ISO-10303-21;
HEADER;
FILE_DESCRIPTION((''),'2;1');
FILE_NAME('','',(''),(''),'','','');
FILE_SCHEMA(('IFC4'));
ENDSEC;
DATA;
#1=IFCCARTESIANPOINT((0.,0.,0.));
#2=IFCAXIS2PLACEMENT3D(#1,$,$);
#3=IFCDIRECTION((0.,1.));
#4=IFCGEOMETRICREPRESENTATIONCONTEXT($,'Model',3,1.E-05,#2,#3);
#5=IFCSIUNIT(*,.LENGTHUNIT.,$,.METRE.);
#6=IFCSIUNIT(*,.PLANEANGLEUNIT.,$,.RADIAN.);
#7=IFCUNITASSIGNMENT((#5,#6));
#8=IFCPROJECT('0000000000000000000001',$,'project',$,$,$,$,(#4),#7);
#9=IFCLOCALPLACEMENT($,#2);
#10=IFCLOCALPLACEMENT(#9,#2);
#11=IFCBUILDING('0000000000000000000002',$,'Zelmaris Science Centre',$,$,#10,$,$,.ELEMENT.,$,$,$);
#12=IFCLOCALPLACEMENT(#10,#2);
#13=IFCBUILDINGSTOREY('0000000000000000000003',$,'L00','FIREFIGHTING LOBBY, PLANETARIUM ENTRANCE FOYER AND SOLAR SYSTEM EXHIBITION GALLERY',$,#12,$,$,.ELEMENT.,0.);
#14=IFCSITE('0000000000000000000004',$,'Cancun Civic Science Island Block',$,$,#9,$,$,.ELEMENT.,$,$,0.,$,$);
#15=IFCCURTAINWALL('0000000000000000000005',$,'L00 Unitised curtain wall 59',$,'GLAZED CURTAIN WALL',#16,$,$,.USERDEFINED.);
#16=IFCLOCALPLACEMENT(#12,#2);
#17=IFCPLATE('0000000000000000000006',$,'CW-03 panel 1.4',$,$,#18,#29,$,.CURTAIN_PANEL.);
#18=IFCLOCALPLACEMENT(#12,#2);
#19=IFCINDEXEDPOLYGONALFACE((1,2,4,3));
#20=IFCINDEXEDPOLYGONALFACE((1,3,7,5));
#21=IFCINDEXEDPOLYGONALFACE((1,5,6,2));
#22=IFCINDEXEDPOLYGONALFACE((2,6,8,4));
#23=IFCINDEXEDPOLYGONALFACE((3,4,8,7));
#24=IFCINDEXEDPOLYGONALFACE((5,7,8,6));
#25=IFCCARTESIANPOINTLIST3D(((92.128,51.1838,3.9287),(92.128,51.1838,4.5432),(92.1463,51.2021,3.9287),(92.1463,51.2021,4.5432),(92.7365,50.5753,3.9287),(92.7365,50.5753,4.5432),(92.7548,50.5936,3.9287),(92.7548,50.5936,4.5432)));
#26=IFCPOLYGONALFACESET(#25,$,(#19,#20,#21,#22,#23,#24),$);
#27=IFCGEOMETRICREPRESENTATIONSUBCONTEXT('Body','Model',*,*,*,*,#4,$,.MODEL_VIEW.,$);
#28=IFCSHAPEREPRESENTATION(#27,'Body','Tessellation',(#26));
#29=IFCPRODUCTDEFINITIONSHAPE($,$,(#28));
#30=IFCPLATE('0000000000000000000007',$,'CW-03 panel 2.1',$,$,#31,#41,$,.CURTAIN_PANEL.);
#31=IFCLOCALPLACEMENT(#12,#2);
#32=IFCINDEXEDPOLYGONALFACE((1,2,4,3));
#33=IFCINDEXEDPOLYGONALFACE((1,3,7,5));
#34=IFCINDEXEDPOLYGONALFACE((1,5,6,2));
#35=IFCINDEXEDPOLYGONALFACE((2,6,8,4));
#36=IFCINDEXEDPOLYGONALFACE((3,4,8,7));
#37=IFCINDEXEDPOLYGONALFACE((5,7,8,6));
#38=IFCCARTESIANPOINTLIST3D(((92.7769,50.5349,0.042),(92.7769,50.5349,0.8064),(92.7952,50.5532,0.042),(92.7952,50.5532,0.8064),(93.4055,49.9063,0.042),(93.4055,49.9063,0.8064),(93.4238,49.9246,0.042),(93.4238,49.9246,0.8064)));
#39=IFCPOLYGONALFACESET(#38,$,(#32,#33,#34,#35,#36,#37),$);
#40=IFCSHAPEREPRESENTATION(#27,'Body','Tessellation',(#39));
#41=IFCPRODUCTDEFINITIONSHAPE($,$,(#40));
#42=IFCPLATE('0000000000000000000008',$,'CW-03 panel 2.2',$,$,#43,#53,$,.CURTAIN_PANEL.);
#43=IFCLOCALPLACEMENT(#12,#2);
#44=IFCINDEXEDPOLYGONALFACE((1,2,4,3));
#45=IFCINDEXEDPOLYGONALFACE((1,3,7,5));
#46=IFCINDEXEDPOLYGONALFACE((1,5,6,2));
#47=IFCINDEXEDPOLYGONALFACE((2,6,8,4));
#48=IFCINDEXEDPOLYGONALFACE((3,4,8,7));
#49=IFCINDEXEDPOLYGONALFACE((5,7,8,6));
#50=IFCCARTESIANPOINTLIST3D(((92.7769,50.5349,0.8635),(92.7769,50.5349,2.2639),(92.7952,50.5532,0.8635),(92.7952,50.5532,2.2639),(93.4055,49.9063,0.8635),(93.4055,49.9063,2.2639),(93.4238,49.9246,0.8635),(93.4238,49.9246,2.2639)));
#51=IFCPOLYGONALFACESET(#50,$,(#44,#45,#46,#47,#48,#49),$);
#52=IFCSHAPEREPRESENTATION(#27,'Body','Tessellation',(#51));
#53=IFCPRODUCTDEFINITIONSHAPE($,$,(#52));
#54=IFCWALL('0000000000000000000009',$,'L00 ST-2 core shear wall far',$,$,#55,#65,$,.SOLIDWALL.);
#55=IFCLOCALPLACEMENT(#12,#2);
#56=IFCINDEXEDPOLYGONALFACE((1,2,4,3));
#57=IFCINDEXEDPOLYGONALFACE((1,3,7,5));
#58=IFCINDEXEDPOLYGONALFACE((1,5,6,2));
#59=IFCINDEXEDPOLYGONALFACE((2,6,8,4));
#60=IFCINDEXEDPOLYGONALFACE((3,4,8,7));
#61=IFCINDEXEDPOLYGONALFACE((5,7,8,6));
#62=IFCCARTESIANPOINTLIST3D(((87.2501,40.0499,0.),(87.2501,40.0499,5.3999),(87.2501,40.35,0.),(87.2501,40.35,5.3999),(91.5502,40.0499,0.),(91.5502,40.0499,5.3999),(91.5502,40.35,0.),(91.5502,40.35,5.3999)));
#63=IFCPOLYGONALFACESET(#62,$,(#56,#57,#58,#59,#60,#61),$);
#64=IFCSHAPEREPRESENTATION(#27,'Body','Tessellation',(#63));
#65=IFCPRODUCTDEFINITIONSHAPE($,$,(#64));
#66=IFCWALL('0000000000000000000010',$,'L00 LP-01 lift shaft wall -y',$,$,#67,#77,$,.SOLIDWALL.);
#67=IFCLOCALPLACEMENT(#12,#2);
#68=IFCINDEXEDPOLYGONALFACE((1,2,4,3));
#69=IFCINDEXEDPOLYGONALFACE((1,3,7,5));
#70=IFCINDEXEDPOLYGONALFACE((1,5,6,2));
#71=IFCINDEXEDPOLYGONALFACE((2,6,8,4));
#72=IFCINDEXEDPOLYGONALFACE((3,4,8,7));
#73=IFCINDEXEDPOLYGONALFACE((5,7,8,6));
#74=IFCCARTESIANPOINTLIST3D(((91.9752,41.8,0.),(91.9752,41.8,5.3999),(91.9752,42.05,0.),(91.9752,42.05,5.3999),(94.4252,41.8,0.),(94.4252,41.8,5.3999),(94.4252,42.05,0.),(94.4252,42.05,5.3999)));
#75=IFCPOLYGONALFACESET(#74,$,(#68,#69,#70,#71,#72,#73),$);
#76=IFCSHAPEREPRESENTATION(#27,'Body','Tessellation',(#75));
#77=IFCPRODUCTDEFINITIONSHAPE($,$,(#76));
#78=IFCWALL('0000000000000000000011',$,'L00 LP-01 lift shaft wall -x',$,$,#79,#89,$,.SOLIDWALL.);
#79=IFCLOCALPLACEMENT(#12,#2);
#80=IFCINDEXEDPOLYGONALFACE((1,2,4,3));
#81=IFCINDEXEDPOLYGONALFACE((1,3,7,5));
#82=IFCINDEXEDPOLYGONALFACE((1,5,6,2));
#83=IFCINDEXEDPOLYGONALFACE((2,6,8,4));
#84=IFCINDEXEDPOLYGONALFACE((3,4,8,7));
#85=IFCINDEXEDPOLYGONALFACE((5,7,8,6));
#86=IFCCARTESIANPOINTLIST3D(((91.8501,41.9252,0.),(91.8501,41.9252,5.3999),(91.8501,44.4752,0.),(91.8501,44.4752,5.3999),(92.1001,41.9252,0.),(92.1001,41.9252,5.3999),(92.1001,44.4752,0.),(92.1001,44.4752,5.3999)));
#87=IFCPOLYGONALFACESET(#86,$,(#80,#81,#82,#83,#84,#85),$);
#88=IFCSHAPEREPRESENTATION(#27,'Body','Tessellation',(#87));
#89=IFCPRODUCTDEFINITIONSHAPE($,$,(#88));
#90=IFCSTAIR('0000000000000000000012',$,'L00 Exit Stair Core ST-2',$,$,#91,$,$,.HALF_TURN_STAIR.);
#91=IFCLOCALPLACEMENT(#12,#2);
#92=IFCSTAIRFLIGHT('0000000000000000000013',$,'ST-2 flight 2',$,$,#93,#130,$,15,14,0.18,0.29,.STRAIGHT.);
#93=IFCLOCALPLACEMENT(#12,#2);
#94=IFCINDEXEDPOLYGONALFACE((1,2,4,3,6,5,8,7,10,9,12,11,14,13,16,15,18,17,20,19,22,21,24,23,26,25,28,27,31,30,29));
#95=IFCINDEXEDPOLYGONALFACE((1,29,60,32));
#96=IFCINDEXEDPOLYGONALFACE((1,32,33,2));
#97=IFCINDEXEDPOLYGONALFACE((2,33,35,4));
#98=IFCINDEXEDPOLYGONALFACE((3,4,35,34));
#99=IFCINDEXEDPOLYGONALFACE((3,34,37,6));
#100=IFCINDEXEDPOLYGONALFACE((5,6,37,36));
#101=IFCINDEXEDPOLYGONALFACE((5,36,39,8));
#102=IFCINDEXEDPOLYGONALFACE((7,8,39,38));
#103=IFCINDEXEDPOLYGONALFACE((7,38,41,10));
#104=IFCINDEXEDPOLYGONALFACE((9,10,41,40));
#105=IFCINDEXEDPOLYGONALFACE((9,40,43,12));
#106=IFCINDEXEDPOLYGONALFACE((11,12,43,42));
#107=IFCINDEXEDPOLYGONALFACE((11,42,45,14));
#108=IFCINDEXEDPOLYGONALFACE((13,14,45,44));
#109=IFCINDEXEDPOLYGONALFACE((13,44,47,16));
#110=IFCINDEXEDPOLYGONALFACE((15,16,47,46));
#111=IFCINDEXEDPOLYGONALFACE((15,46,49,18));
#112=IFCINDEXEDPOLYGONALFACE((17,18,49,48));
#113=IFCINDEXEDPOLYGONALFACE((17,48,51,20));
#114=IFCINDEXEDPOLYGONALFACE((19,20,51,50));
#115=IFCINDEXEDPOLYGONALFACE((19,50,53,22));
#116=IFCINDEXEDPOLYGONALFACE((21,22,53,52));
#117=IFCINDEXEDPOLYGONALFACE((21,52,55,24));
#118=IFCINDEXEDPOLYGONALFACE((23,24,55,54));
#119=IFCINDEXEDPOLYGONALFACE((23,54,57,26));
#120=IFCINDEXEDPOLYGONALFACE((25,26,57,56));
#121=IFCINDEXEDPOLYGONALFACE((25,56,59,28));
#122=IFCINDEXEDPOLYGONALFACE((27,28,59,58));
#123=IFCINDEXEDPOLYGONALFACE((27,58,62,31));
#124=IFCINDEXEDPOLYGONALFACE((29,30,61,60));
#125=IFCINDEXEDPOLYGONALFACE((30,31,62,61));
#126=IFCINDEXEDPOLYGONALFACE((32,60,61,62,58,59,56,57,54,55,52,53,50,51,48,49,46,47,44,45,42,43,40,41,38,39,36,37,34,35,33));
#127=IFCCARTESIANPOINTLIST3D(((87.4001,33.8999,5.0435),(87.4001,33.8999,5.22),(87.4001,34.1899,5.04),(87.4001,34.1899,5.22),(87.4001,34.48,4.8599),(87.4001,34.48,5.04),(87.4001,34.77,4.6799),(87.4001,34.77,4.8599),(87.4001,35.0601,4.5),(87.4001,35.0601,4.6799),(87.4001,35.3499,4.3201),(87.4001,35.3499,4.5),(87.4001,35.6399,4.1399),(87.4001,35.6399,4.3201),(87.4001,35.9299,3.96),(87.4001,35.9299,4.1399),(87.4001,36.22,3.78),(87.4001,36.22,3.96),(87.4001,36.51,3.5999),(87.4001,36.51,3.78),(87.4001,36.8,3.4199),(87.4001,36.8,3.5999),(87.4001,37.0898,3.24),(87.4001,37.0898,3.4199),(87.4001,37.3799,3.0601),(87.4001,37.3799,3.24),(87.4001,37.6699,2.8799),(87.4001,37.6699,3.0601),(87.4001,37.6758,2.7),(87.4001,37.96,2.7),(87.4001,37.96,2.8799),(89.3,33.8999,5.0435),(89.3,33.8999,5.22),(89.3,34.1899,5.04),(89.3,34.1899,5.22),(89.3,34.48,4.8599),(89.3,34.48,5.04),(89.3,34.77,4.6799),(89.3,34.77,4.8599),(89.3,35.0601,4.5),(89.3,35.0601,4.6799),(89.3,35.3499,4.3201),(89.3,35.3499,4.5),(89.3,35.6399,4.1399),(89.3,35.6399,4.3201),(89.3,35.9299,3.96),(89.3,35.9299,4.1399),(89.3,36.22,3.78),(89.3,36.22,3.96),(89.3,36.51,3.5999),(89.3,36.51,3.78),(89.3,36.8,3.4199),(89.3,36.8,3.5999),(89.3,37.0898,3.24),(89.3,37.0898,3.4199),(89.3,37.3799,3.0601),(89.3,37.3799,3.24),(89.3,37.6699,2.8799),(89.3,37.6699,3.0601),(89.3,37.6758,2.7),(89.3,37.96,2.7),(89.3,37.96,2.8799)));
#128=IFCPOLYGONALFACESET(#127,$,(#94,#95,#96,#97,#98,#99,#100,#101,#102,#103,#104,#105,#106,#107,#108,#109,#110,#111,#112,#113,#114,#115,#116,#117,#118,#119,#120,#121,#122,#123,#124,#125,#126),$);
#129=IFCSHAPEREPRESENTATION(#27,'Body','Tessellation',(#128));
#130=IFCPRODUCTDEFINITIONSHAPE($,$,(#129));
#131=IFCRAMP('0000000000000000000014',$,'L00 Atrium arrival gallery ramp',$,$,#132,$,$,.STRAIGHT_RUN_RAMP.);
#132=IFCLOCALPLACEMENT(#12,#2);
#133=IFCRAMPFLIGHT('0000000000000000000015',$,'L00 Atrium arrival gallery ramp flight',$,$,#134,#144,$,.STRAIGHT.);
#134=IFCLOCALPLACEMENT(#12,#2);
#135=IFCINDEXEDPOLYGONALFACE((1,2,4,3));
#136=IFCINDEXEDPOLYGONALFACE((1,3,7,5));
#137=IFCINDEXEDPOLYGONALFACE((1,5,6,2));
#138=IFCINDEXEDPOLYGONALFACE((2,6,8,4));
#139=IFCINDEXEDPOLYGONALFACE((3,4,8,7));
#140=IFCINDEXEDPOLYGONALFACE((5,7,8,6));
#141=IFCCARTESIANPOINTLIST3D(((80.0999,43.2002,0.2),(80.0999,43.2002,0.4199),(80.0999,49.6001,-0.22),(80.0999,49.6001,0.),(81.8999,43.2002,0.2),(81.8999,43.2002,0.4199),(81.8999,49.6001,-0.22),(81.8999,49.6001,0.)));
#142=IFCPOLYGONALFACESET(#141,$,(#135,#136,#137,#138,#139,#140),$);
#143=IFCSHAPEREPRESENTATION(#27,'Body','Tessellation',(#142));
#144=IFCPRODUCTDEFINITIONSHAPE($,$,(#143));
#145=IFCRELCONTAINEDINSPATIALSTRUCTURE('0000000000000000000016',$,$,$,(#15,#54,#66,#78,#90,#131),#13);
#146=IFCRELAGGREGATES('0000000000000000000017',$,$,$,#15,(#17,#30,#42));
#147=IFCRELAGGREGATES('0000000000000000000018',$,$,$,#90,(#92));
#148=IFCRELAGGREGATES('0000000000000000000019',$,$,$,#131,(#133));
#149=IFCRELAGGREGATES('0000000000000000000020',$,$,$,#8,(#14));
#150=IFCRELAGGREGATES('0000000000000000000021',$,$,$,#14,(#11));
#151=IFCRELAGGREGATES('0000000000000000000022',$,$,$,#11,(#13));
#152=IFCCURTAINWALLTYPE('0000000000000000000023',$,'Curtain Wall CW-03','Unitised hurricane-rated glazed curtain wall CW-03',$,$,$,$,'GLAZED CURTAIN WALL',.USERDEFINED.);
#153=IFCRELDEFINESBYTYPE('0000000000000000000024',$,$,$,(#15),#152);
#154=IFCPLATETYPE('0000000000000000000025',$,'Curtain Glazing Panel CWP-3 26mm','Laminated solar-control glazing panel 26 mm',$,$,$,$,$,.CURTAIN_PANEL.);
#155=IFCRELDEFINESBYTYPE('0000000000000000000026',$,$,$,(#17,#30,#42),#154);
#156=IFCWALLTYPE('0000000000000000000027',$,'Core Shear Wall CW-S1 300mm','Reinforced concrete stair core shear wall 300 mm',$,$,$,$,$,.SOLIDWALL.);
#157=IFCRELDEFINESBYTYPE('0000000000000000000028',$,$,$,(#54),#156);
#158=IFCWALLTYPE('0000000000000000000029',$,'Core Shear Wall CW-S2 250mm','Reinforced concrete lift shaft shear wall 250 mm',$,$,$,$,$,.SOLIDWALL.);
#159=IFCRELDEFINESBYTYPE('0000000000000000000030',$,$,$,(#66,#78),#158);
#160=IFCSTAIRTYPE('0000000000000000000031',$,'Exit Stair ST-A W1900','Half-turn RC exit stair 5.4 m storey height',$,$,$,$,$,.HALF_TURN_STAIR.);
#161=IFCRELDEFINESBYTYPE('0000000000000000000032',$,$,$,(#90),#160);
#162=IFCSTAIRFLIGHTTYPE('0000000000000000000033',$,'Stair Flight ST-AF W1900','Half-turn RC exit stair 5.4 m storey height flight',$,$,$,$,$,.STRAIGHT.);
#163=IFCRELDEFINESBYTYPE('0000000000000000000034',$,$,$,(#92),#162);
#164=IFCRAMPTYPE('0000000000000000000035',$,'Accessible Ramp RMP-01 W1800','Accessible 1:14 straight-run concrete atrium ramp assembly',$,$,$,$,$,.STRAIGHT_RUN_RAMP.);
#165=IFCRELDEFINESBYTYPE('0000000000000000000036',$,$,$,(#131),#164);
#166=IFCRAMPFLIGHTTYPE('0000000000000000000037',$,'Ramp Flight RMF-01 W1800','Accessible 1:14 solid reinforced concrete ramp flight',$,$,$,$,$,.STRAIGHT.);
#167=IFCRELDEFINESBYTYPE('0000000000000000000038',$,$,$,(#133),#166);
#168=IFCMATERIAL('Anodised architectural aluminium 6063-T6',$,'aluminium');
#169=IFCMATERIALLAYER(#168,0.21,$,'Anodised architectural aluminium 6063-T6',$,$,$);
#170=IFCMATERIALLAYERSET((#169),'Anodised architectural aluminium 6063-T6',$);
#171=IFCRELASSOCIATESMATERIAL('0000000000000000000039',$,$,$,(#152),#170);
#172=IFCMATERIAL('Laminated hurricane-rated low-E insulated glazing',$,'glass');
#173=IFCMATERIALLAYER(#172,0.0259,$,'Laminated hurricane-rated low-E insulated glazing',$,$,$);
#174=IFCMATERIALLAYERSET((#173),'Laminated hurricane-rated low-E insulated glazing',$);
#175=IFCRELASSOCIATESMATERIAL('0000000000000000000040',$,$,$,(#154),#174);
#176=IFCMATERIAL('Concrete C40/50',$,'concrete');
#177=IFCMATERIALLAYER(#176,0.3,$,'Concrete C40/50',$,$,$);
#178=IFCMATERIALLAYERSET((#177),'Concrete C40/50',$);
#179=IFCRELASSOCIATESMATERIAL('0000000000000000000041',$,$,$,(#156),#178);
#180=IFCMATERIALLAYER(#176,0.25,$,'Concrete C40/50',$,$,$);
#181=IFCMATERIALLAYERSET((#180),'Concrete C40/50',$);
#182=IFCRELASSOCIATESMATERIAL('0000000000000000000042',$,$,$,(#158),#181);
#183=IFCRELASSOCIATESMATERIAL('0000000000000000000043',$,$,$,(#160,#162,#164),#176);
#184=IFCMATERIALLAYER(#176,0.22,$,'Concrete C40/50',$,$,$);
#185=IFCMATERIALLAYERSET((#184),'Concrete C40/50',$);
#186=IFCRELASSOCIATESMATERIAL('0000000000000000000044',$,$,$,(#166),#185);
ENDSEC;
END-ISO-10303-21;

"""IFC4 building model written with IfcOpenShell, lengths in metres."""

from ifc_helpers import new_model, si_unit, direction, frame, frame_2d, origin, origin_2d, place, context, subcontext, project, spatial, polyline, rectangle, outline, extrude, material, layer, layer_set, type_object, element, aggregate, save


model = new_model("IFC4")

# Units and contexts
model_context = context("Model", 3, precision=1e-05, world=origin(), true_north=direction((0.0, 1.0)))
body_context = subcontext(model_context, "Body", "Model", "MODEL_VIEW")
ifc_project = project(units=[si_unit("LENGTHUNIT", "METRE"), si_unit("PLANEANGLEUNIT", "RADIAN")], contexts=[model_context])

# Site, building, storey
site_placement = place(None, origin())
site = spatial("IfcSite", under=ifc_project, at=site_placement, Name="Cancun Civic Science Island Block", CompositionType="ELEMENT", RefElevation=0.0)
building_placement = place(site_placement, origin())
building = spatial("IfcBuilding", under=site, at=building_placement, Name="Zelmaris Science Centre", CompositionType="ELEMENT")
storey_placement = place(building_placement, origin())
storey = spatial("IfcBuildingStorey", under=building, at=storey_placement, Name="L00", Description="FIREFIGHTING LOBBY, PLANETARIUM ENTRANCE FOYER AND SOLAR SYSTEM EXHIBITION GALLERY", CompositionType="ELEMENT", Elevation=0.0)

# Curtain wall
ifc_material_1 = material(Name="Anodised architectural aluminium 6063-T6", Category="aluminium")
ifc_layer_1 = layer(ifc_material_1, 0.21, Name="Anodised architectural aluminium 6063-T6")
ifc_layer_set_1 = layer_set([ifc_layer_1], Name="Anodised architectural aluminium 6063-T6")
curtain_wall_type = type_object("IfcCurtainWallType", Name="Curtain Wall CW-03", Description="Unitised hurricane-rated glazed curtain wall CW-03", ElementType="GLAZED CURTAIN WALL", PredefinedType="USERDEFINED", material=ifc_layer_set_1)
curtain_wall_placement = place(storey_placement, origin())
curtain_wall = element("IfcCurtainWall", 1, at=curtain_wall_placement, inside=storey, type_object=curtain_wall_type, Name="L00 Unitised curtain wall 59", ObjectType="GLAZED CURTAIN WALL", PredefinedType="USERDEFINED")

# Plates
ifc_material_2 = material(Name="Laminated hurricane-rated low-E insulated glazing", Category="glass")
ifc_layer_2 = layer(ifc_material_2, 0.0259, Name="Laminated hurricane-rated low-E insulated glazing")
ifc_layer_set_2 = layer_set([ifc_layer_2], Name="Laminated hurricane-rated low-E insulated glazing")
plate_type = type_object("IfcPlateType", Name="Curtain Glazing Panel CWP-3 26mm", Description="Laminated solar-control glazing panel 26 mm", PredefinedType="CURTAIN_PANEL", material=ifc_layer_set_2)
plate_1_placement = place(storey_placement, frame((92.4414, 50.8887, 3.9287), z_axis=(0.0, 0.0, 1.0), x_axis=(0.707107, -0.707107, 0.0)))
plate_1 = element("IfcPlate", 2, at=plate_1_placement, type_object=plate_type, Name="CW-03 panel 1.4", PredefinedType="CURTAIN_PANEL", context=body_context, shape_type="SweptSolid", body=[
    extrude(rectangle(XDim=0.8606, YDim=0.0259, at=origin_2d()), origin(), (0.0, 0.0, 1.0), 0.6145),
])
plate_2_placement = place(storey_placement, frame((93.1003, 50.2297, 0.042), z_axis=(0.0, 0.0, 1.0), x_axis=(0.707107, -0.707107, 0.0)))
plate_2 = element("IfcPlate", 3, at=plate_2_placement, type_object=plate_type, Name="CW-03 panel 2.1", PredefinedType="CURTAIN_PANEL", context=body_context, shape_type="SweptSolid", body=[
    extrude(rectangle(XDim=0.8889, YDim=0.0259, at=origin_2d()), origin(), (0.0, 0.0, 1.0), 0.7644),
])
plate_3_placement = place(storey_placement, frame((93.1003, 50.2297, 0.8635), z_axis=(0.0, 0.0, 1.0), x_axis=(0.707107, -0.707107, 0.0)))
plate_3 = element("IfcPlate", 4, at=plate_3_placement, type_object=plate_type, Name="CW-03 panel 2.2", PredefinedType="CURTAIN_PANEL", context=body_context, shape_type="SweptSolid", body=[
    extrude(rectangle(XDim=0.8889, YDim=0.0259, at=origin_2d()), origin(), (0.0, 0.0, 1.0), 1.4004),
])
aggregate(curtain_wall, [plate_1, plate_2, plate_3])

# Walls
ifc_material_3 = material(Name="Concrete C40/50", Category="concrete")
ifc_layer_3 = layer(ifc_material_3, 0.3, Name="Concrete C40/50")
ifc_layer_set_3 = layer_set([ifc_layer_3], Name="Concrete C40/50")
wall_type_1 = type_object("IfcWallType", Name="Core Shear Wall CW-S1 300mm", Description="Reinforced concrete stair core shear wall 300 mm", PredefinedType="SOLIDWALL", material=ifc_layer_set_3)
wall_1_placement = place(storey_placement, frame((91.55, 40.2, 0.0), z_axis=(0.0, 0.0, 1.0), x_axis=(-1.0, 0.0, 0.0)))
element("IfcWall", 5, at=wall_1_placement, inside=storey, type_object=wall_type_1, Name="L00 ST-2 core shear wall far", PredefinedType="SOLIDWALL", context=body_context, shape_type="SweptSolid", body=[
    extrude(rectangle(XDim=4.3, YDim=0.3, at=frame_2d((2.1499, 0.0))), origin(), (0.0, 0.0, 1.0), 5.3999),
])
ifc_layer_4 = layer(ifc_material_3, 0.25, Name="Concrete C40/50")
ifc_layer_set_4 = layer_set([ifc_layer_4], Name="Concrete C40/50")
wall_type_2 = type_object("IfcWallType", Name="Core Shear Wall CW-S2 250mm", Description="Reinforced concrete lift shaft shear wall 250 mm", PredefinedType="SOLIDWALL", material=ifc_layer_set_4)
wall_2_placement = place(storey_placement, frame((91.9751, 41.925, 0.0), z_axis=(0.0, 0.0, 1.0), x_axis=(1.0, 0.0, 0.0)))
element("IfcWall", 6, at=wall_2_placement, inside=storey, type_object=wall_type_2, Name="L00 LP-01 lift shaft wall -y", PredefinedType="SOLIDWALL", context=body_context, shape_type="SweptSolid", body=[
    extrude(rectangle(XDim=2.45, YDim=0.25, at=frame_2d((1.2251, 0.0))), origin(), (0.0, 0.0, 1.0), 5.3999),
])
wall_3_placement = place(storey_placement, frame((91.9751, 44.4751, 0.0), z_axis=(0.0, 0.0, 1.0), x_axis=(0.0, -1.0, 0.0)))
element("IfcWall", 7, at=wall_3_placement, inside=storey, type_object=wall_type_2, Name="L00 LP-01 lift shaft wall -x", PredefinedType="SOLIDWALL", context=body_context, shape_type="SweptSolid", body=[
    extrude(rectangle(XDim=2.55, YDim=0.25, at=frame_2d((1.2749, 0.0))), origin(), (0.0, 0.0, 1.0), 5.3999),
])

# Stair, stair flight
stair_type = type_object("IfcStairType", Name="Exit Stair ST-A W1900", Description="Half-turn RC exit stair 5.4 m storey height", PredefinedType="HALF_TURN_STAIR", material=ifc_material_3)
stair_placement = place(storey_placement, origin())
stair = element("IfcStair", 8, at=stair_placement, inside=storey, type_object=stair_type, Name="L00 Exit Stair Core ST-2", PredefinedType="HALF_TURN_STAIR")
stair_flight_type = type_object("IfcStairFlightType", Name="Stair Flight ST-AF W1900", Description="Half-turn RC exit stair 5.4 m storey height flight", PredefinedType="STRAIGHT", material=ifc_material_3)
stair_flight_placement = place(storey_placement, frame((88.3501, 37.96, 2.7), z_axis=(0.0, 0.0, 1.0), x_axis=(0.0, -1.0, 0.0)))
stair_flight = element("IfcStairFlight", 9, at=stair_flight_placement, type_object=stair_flight_type, Name="ST-2 flight 2", NumberOfRisers=15, NumberOfTreads=14, PredefinedType="STRAIGHT", RiserHeight=0.18, TreadLength=0.29, context=body_context, shape_type="SweptSolid", body=[
    extrude(outline(polyline([(0.0, 0.0), (0.0, 0.1799), (0.29, 0.1799), (0.29, 0.3601), (0.5801, 0.3601), (0.5801, 0.54), (0.8701, 0.54), (0.8701, 0.72), (1.1599, 0.72), (1.1599, 0.8999), (1.45, 0.8999), (1.45, 1.0801), (1.74, 1.0801), (1.74, 1.26), (2.03, 1.26), (2.03, 1.4399), (2.3201, 1.4399), (2.3201, 1.6201), (2.6101, 1.6201), (2.6101, 1.8), (2.8999, 1.8), (2.8999, 1.98), (3.1899, 1.98), (3.1899, 2.1599), (3.48, 2.1599), (3.48, 2.3401), (3.77, 2.3401), (3.77, 2.52), (4.0601, 2.52), (4.0601, 2.7), (4.0601, 2.3435), (0.2842, 0.0), (0.0, 0.0)])), frame((0.0, 0.95, 0.0), z_axis=(0.0, -1.0, 0.0), x_axis=(1.0, 0.0, 0.0)), (0.0, 0.0, 1.0), 1.8999),
])
aggregate(stair, [stair_flight])

# Ramp, ramp flight
ramp_type = type_object("IfcRampType", Name="Accessible Ramp RMP-01 W1800", Description="Accessible 1:14 straight-run concrete atrium ramp assembly", PredefinedType="STRAIGHT_RUN_RAMP", material=ifc_material_3)
ramp_placement = place(storey_placement, origin())
ramp = element("IfcRamp", 10, at=ramp_placement, inside=storey, type_object=ramp_type, Name="L00 Atrium arrival gallery ramp", PredefinedType="STRAIGHT_RUN_RAMP")
ifc_layer_5 = layer(ifc_material_3, 0.22, Name="Concrete C40/50")
ifc_layer_set_5 = layer_set([ifc_layer_5], Name="Concrete C40/50")
ramp_flight_type = type_object("IfcRampFlightType", Name="Ramp Flight RMF-01 W1800", Description="Accessible 1:14 solid reinforced concrete ramp flight", PredefinedType="STRAIGHT", material=ifc_layer_set_5)
ramp_flight_placement = place(storey_placement, frame((81.0, 49.6001, 0.0), z_axis=(0.0, 0.0, 1.0), x_axis=(0.0, -1.0, 0.0)))
ramp_flight = element("IfcRampFlight", 11, at=ramp_flight_placement, type_object=ramp_flight_type, Name="L00 Atrium arrival gallery ramp flight", PredefinedType="STRAIGHT", context=body_context, shape_type="SweptSolid", body=[
    extrude(outline(polyline([(0.0, 0.0), (6.3999, 0.4199), (6.3999, 0.2), (0.0, -0.22), (0.0, 0.0)])), frame((0.0, 0.8999, 0.0), z_axis=(0.0, -1.0, 0.0), x_axis=(1.0, 0.0, 0.0)), (0.0, 0.0, 1.0), 1.8),
])
aggregate(ramp, [ramp_flight])

save(model, "model.ifc")
